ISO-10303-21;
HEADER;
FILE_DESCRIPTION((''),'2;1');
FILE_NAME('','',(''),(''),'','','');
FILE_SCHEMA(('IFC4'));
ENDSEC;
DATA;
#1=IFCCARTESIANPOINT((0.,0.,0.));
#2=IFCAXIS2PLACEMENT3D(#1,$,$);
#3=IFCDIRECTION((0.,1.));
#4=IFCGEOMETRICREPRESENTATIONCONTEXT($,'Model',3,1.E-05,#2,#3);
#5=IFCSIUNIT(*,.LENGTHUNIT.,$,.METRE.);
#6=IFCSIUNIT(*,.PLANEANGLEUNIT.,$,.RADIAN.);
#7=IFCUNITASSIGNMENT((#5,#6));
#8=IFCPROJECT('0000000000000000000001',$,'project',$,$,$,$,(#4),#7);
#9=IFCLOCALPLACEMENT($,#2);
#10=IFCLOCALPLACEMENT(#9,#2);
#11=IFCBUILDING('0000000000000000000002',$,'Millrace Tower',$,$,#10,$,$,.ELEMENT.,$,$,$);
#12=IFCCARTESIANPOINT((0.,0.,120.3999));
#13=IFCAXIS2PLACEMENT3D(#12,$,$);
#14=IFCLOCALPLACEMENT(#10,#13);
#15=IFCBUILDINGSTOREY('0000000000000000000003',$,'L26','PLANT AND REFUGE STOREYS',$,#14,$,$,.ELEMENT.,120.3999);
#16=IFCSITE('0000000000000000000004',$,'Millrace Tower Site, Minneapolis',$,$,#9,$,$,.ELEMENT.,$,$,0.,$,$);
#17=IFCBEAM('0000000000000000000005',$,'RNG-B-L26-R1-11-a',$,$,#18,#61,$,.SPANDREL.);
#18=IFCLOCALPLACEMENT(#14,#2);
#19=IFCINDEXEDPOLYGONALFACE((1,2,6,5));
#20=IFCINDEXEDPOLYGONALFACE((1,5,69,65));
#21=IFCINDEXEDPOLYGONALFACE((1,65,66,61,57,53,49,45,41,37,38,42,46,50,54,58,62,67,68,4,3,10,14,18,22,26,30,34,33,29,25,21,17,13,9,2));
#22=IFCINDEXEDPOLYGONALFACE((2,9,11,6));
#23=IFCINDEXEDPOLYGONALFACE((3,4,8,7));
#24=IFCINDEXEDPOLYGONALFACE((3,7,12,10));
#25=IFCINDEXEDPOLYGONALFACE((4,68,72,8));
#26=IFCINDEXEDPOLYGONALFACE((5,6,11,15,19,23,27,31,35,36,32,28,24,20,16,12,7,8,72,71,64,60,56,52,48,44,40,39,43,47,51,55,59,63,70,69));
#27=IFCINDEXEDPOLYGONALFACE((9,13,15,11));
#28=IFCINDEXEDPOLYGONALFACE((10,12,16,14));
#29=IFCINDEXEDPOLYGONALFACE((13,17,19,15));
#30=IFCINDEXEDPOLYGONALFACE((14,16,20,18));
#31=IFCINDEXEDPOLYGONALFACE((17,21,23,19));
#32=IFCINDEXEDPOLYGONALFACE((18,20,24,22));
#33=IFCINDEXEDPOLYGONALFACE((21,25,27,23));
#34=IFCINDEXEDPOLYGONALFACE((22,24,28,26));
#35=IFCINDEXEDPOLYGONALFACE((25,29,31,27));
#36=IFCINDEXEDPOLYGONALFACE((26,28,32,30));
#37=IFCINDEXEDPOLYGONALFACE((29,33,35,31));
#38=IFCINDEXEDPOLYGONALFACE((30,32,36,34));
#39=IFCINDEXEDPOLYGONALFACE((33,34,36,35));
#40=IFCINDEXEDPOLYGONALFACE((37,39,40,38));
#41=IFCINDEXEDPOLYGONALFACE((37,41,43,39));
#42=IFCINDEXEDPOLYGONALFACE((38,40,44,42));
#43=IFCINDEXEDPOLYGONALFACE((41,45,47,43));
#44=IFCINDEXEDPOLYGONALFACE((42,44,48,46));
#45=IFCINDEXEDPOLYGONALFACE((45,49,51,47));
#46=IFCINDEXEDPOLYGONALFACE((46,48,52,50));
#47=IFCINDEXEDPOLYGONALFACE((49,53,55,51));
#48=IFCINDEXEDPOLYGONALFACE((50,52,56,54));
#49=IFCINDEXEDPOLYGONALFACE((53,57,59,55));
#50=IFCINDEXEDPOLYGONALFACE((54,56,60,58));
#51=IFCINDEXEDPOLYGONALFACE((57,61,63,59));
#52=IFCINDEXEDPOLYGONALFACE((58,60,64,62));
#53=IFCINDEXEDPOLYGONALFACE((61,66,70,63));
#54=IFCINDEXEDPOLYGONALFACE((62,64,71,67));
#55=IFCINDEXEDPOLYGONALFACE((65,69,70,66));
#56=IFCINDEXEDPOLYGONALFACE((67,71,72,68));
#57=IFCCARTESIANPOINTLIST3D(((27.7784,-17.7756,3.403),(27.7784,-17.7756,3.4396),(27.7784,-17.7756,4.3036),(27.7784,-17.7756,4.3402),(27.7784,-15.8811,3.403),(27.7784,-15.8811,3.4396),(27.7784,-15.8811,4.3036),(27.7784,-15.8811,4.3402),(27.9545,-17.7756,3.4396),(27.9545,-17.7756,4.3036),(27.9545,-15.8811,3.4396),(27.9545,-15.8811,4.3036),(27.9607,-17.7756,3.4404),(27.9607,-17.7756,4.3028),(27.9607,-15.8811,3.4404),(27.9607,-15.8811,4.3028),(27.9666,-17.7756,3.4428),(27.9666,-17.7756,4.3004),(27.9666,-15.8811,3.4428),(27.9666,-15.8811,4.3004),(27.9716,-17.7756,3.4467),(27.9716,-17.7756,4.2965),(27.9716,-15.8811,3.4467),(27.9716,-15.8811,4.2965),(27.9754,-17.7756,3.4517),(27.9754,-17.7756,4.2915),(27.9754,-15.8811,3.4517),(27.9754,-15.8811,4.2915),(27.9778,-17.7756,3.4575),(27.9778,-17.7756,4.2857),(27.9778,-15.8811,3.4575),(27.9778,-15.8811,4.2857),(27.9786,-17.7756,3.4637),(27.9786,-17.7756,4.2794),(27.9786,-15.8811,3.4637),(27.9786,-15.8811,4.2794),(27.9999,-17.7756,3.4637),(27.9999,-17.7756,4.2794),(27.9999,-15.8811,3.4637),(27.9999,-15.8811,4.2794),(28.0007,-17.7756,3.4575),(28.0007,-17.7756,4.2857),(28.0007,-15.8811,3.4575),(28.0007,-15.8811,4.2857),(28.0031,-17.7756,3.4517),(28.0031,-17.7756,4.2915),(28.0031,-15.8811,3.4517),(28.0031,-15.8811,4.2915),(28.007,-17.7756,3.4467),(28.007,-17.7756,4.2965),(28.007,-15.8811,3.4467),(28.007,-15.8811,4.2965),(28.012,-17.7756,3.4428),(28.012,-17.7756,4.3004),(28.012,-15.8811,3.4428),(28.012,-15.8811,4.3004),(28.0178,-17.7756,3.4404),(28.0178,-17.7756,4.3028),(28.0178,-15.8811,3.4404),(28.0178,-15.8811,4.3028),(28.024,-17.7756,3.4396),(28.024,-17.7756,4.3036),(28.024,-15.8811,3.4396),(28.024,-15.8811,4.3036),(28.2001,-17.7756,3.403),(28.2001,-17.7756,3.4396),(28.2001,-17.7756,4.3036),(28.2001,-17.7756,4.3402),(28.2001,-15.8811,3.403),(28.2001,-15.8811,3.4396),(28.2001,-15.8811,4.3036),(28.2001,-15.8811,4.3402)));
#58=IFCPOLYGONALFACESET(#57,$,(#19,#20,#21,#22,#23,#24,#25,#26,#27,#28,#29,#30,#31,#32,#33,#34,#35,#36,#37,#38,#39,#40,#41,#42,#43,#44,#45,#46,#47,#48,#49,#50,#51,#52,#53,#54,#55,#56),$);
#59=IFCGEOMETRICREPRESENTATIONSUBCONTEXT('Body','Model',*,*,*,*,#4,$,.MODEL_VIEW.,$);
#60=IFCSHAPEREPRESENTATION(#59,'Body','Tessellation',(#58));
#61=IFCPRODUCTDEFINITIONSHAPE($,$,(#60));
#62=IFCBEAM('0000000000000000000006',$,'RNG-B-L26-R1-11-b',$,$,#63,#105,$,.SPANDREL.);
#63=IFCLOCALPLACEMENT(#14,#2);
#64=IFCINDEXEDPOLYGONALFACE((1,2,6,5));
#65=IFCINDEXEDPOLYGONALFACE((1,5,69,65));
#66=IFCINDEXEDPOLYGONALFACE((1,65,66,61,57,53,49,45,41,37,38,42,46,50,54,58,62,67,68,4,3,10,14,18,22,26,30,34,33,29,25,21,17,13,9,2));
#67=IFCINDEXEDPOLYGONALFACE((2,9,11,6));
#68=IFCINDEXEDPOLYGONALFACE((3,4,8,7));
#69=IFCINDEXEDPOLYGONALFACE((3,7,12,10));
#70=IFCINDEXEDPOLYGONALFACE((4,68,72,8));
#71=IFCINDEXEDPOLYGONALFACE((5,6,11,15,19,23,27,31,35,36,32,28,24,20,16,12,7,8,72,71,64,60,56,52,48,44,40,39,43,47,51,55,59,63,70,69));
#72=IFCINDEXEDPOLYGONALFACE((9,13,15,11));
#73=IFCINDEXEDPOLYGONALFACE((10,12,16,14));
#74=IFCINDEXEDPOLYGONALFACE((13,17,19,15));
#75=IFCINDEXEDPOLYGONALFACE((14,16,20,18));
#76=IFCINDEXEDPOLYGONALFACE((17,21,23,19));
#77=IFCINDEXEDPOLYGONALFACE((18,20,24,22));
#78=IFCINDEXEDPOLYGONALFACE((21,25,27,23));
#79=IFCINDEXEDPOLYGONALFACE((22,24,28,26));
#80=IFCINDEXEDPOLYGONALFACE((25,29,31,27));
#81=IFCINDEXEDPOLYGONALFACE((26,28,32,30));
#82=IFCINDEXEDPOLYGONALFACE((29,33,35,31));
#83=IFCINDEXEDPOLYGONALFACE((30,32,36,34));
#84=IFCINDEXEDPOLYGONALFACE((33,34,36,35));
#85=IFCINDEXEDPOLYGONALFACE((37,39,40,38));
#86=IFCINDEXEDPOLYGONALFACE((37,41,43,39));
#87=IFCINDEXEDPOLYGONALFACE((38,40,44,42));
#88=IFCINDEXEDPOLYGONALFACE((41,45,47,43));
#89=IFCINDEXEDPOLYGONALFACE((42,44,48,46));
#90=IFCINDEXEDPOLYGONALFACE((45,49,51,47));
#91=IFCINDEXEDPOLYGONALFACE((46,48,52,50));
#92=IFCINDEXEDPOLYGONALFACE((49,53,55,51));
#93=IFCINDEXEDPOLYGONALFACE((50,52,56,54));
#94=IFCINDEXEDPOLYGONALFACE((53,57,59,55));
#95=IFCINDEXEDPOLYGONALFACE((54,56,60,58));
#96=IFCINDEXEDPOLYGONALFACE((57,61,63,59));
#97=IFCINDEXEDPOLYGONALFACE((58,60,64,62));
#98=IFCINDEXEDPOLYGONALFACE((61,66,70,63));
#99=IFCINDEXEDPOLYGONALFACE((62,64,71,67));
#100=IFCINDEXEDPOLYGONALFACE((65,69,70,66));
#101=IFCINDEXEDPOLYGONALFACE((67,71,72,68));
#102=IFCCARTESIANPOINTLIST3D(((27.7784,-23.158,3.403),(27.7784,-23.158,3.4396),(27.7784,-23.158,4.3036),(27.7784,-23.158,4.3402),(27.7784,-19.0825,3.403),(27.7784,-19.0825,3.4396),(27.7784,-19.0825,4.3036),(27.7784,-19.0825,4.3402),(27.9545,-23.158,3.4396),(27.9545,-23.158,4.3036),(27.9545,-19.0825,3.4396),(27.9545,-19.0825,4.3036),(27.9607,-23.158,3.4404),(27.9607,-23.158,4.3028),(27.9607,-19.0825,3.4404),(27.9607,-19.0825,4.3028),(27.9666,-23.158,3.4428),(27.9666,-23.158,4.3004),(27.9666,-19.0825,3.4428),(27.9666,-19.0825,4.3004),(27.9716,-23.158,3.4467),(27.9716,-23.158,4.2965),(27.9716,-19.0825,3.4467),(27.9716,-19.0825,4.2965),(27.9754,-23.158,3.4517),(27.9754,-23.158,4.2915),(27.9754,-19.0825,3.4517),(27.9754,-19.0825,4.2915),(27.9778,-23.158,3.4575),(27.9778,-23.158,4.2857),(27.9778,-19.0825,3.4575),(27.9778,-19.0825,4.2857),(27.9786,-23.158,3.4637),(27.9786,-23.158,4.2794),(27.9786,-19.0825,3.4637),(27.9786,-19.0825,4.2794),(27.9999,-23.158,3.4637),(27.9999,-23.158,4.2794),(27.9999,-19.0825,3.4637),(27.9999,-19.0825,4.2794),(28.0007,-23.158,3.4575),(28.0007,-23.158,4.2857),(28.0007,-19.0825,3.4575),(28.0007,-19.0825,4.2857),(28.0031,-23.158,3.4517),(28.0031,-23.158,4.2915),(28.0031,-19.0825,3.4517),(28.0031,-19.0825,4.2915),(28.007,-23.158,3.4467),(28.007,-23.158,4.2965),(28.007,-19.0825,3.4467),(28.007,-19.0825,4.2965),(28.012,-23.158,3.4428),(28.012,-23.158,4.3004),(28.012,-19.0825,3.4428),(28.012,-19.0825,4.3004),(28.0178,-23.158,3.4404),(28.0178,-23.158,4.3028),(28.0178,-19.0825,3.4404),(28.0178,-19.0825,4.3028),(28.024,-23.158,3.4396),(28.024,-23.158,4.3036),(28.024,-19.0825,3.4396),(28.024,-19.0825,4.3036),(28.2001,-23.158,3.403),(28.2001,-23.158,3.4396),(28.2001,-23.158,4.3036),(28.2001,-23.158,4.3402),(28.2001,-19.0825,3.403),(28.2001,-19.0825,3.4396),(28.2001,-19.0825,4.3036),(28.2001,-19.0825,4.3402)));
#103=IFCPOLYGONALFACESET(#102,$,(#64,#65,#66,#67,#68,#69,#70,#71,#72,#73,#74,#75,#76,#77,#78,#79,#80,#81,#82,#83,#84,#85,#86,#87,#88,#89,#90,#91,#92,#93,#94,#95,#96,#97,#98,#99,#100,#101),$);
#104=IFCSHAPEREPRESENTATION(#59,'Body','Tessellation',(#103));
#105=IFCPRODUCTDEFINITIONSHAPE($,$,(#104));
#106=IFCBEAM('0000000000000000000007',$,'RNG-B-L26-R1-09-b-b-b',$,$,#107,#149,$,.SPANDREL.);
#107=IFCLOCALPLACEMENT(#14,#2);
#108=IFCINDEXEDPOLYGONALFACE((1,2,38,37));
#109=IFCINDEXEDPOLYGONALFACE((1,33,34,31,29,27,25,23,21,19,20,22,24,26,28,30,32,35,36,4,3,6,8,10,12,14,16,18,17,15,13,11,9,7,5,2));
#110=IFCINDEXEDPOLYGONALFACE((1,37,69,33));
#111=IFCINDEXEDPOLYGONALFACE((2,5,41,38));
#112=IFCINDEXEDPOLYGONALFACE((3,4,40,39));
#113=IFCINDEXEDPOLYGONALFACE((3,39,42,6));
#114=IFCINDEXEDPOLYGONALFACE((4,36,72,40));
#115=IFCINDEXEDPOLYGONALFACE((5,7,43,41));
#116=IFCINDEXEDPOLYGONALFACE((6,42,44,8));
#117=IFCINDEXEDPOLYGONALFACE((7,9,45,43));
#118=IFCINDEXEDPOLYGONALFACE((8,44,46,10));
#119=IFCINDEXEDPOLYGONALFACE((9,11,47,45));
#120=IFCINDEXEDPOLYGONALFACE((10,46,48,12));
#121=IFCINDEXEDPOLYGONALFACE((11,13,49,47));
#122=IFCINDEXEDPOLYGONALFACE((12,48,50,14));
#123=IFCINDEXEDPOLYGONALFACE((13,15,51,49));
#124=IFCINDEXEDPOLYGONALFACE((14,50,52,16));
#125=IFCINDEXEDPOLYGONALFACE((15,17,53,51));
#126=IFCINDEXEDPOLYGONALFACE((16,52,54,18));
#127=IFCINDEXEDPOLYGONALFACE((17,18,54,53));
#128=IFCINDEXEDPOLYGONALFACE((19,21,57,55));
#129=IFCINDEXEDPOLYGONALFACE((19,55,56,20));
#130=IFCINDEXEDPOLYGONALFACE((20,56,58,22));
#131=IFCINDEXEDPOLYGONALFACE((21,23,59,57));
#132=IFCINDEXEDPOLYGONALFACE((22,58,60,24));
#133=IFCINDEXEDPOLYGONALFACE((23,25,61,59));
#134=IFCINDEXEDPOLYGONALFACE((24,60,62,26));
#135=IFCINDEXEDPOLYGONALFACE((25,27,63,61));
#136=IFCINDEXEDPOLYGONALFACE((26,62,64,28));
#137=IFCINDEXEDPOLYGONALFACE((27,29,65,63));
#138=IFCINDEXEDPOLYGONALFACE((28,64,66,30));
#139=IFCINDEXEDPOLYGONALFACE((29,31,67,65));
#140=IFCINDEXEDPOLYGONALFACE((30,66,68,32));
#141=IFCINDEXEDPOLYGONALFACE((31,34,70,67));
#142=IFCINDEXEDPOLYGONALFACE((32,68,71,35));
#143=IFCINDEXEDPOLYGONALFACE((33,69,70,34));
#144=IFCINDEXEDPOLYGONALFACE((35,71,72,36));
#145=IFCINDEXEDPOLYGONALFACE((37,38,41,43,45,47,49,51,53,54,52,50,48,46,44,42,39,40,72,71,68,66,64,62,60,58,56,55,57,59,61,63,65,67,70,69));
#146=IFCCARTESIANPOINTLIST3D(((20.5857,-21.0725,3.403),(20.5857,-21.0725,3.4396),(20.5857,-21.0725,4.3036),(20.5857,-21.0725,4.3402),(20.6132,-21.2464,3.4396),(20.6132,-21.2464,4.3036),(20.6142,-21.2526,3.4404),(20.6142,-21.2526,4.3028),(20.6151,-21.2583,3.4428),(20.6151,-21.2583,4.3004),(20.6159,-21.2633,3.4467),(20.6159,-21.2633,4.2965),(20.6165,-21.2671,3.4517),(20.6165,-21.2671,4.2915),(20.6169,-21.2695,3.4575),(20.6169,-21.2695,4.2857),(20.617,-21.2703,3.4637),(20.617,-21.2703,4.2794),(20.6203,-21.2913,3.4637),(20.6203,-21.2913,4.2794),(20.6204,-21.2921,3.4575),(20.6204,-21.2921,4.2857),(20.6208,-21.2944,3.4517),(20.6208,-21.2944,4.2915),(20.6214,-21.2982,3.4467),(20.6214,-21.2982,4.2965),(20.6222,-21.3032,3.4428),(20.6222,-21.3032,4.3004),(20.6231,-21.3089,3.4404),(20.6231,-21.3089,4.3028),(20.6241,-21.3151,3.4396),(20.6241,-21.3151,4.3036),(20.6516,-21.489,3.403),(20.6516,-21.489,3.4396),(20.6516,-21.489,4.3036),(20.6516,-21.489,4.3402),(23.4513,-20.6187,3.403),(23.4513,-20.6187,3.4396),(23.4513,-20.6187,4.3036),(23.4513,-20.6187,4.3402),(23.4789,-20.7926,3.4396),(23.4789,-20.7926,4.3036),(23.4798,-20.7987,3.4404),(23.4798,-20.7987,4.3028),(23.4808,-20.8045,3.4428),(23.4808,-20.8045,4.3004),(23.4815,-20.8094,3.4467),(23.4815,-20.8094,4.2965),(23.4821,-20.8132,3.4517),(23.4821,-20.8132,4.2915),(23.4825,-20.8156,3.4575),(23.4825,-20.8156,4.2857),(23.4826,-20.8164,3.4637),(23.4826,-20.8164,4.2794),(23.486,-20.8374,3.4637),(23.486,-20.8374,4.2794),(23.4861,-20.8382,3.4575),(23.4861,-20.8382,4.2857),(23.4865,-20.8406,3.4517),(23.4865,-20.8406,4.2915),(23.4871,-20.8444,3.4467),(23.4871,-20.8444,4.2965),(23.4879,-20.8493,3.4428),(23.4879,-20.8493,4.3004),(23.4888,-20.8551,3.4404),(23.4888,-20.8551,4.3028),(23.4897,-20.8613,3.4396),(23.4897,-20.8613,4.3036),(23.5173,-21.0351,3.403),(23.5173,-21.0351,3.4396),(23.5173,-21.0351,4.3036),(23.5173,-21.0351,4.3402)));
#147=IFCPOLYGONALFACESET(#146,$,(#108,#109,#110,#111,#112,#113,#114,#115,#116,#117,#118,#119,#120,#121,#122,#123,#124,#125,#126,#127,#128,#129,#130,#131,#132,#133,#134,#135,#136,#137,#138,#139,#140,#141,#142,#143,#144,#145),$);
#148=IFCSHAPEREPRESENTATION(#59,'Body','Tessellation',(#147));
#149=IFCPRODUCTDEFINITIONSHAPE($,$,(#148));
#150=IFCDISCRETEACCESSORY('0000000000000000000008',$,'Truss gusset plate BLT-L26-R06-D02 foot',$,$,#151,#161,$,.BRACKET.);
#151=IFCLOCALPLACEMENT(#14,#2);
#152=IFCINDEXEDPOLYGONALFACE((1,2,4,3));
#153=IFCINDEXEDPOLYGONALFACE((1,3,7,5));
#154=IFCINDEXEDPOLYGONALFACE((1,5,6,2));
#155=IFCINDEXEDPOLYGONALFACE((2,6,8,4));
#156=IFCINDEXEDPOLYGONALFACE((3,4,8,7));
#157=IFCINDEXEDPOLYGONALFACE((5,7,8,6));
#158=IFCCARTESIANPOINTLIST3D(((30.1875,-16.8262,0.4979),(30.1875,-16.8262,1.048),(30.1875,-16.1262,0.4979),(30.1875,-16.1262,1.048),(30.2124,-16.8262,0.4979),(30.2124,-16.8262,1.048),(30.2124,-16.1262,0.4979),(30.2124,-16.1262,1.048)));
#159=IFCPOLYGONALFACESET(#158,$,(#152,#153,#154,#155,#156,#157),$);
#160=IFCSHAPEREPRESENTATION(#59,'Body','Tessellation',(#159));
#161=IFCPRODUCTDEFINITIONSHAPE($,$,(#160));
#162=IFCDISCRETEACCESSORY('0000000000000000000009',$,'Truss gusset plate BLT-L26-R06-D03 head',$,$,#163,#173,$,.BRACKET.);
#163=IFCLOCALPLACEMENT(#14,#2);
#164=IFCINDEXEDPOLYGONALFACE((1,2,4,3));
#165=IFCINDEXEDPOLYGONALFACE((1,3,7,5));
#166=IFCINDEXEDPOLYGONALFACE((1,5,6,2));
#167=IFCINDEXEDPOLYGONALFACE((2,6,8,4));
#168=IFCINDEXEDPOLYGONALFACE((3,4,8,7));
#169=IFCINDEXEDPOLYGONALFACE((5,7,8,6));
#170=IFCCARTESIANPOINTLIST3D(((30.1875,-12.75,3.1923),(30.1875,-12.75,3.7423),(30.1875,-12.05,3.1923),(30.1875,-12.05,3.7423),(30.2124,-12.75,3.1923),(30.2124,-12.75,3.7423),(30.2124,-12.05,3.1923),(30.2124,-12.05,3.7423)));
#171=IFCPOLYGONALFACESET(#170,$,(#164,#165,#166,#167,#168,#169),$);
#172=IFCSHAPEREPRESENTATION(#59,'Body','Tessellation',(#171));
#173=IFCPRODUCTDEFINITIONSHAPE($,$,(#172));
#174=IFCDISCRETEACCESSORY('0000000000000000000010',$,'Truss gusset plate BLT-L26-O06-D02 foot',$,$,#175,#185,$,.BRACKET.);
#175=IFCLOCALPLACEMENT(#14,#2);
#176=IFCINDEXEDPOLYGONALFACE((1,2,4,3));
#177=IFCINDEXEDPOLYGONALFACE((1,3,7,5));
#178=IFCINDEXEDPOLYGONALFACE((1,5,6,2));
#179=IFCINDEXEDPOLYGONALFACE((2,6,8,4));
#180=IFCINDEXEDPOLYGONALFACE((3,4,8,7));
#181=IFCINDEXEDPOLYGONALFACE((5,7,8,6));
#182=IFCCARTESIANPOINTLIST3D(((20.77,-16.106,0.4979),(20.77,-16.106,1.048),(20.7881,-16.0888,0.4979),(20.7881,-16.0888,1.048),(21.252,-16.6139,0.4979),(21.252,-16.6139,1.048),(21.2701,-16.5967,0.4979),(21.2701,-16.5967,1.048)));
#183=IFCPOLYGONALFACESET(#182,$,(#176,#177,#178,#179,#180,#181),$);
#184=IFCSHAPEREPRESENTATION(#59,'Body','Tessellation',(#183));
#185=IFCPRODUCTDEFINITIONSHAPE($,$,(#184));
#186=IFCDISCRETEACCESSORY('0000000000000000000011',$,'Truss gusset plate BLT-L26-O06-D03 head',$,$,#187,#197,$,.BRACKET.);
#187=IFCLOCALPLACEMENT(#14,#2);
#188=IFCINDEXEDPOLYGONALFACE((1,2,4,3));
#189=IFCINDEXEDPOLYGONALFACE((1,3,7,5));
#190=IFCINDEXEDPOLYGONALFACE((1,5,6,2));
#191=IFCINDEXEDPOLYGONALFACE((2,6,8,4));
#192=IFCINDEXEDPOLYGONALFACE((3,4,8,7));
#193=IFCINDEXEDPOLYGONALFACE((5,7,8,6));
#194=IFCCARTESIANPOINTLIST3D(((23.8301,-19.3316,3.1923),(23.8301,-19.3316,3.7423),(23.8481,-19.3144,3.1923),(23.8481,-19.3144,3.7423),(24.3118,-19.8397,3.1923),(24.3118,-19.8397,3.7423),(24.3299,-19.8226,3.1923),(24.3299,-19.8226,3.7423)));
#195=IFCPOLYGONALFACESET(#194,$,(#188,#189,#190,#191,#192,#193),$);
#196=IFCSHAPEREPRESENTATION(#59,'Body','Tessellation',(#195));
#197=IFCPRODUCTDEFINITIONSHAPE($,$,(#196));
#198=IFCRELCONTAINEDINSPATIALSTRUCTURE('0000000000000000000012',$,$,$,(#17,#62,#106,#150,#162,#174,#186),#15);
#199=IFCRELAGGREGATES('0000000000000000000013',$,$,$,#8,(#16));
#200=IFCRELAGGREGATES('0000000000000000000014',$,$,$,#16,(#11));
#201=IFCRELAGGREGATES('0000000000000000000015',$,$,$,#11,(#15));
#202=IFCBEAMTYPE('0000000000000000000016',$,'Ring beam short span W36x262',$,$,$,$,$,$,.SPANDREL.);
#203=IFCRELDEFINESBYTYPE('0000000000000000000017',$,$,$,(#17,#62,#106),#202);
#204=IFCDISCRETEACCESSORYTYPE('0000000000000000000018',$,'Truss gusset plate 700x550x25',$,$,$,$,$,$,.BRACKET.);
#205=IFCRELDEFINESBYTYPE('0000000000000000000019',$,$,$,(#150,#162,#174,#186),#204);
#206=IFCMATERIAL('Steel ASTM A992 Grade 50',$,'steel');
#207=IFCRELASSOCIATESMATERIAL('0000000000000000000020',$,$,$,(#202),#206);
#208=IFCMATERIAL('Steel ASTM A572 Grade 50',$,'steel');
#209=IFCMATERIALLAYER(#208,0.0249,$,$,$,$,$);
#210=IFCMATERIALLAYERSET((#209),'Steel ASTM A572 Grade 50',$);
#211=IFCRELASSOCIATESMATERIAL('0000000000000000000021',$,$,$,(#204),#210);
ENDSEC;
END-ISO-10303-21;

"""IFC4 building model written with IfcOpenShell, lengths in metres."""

from ifc_helpers import new_model, si_unit, direction, frame, origin, origin_2d, place, context, subcontext, project, spatial, rectangle, i_section, extrude, material, layer, layer_set, material_profile, profile_set, type_object, element, save


model = new_model("IFC4")

# Units and contexts
model_context = context("Model", 3, precision=1e-05, world=origin(), true_north=direction((0.0, 1.0)))
body_context = subcontext(model_context, "Body", "Model", "MODEL_VIEW")
ifc_project = project(units=[si_unit("LENGTHUNIT", "METRE"), si_unit("PLANEANGLEUNIT", "RADIAN")], contexts=[model_context])

# Site, building, storey
site_placement = place(None, origin())
site = spatial("IfcSite", under=ifc_project, at=site_placement, Name="Millrace Tower Site, Minneapolis", CompositionType="ELEMENT", RefElevation=0.0)
building_placement = place(site_placement, origin())
building = spatial("IfcBuilding", under=site, at=building_placement, Name="Millrace Tower", CompositionType="ELEMENT")
storey_placement = place(building_placement, frame((0.0, 0.0, 120.3999)))
storey = spatial("IfcBuildingStorey", under=building, at=storey_placement, Name="L26", Description="PLANT AND REFUGE STOREYS", CompositionType="ELEMENT", Elevation=120.3999)

# Beams
ifc_material_1 = material(Name="Steel ASTM A992 Grade 50", Category="steel")
ifc_material_profile_1 = material_profile(ifc_material_1, i_section(OverallWidth=0.4216, OverallDepth=0.9373, WebThickness=0.0212, FlangeThickness=0.0366, FilletRadius=0.0242, at=origin_2d()))
ifc_profile_set_1 = profile_set([ifc_material_profile_1], Name="Steel ASTM A992 Grade 50")
beam_type_1 = type_object("IfcBeamType", Name="Ring beam short span W36x262", PredefinedType="SPANDREL", material=ifc_profile_set_1)
beam_1_placement = place(storey_placement, frame((27.9893, -15.8811, 3.8716), z_axis=(0.0, -1.0, 0.0), x_axis=(1.0, 0.0, 0.0)))
element("IfcBeam", 1, at=beam_1_placement, inside=storey, type_object=beam_type_1, Name="RNG-B-L26-R1-11-a", PredefinedType="SPANDREL", context=body_context, shape_type="SweptSolid", body=[
    extrude(i_section(OverallWidth=0.4216, OverallDepth=0.9373, WebThickness=0.0212, FlangeThickness=0.0366, FilletRadius=0.0242, at=origin_2d()), origin(), (0.0, 0.0, 1.0), 1.8945),
])
beam_2_placement = place(storey_placement, frame((27.9893, -19.0825, 3.8716), z_axis=(0.0, -1.0, 0.0), x_axis=(1.0, 0.0, 0.0)))
element("IfcBeam", 2, at=beam_2_placement, inside=storey, type_object=beam_type_1, Name="RNG-B-L26-R1-11-b", PredefinedType="SPANDREL", context=body_context, shape_type="SweptSolid", body=[
    extrude(i_section(OverallWidth=0.4216, OverallDepth=0.9373, WebThickness=0.0212, FlangeThickness=0.0366, FilletRadius=0.0242, at=origin_2d()), origin(), (0.0, 0.0, 1.0), 4.0754),
])
beam_3_placement = place(storey_placement, frame((20.6187, -21.2808, 3.8716), z_axis=(0.98769, 0.156425, 0.0), x_axis=(-0.156425, 0.98769, 0.0)))
element("IfcBeam", 3, at=beam_3_placement, inside=storey, type_object=beam_type_1, Name="RNG-B-L26-R1-09-b-b-b", PredefinedType="SPANDREL", context=body_context, shape_type="SweptSolid", body=[
    extrude(i_section(OverallWidth=0.4216, OverallDepth=0.9373, WebThickness=0.0212, FlangeThickness=0.0366, FilletRadius=0.0242, at=origin_2d()), origin(), (0.0, 0.0, 1.0), 2.9014),
])

# Discrete accessories
ifc_material_2 = material(Name="Steel ASTM A572 Grade 50", Category="steel")
ifc_layer_1 = layer(ifc_material_2, 0.0249)
ifc_layer_set_1 = layer_set([ifc_layer_1], Name="Steel ASTM A572 Grade 50")
discrete_accessory_type = type_object("IfcDiscreteAccessoryType", Name="Truss gusset plate 700x550x25", PredefinedType="BRACKET", material=ifc_layer_set_1)
for number, where, z_axis, x_axis, name in (
    (4, (30.2, -16.8262, 0.7729), (0.0, 1.0, 0.0), (-1.0, 0.0, 0.0), "Truss gusset plate BLT-L26-R06-D02 foot"),
    (5, (30.2, -12.75, 3.4673), (0.0, 1.0, 0.0), (-1.0, 0.0, 0.0), "Truss gusset plate BLT-L26-R06-D03 head"),
):
    element("IfcDiscreteAccessory", number, at=place(storey_placement, frame(where, z_axis=z_axis, x_axis=x_axis)), inside=storey, type_object=discrete_accessory_type, Name=name, PredefinedType="BRACKET", context=body_context, shape_type="SweptSolid", body=[
        extrude(rectangle(XDim=0.0249, YDim=0.55, at=origin_2d()), origin(), (0.0, 0.0, 1.0), 0.7),
    ])
for number, where, z_axis, x_axis, name in (
    (6, (20.7791, -16.0974, 0.7729), (0.688383, -0.725348, 0.0), (0.725348, 0.688383, 0.0), "Truss gusset plate BLT-L26-O06-D02 foot"),
    (7, (23.8391, -19.323, 3.4673), (0.688025, -0.725687, 0.0), (0.725687, 0.688025, 0.0), "Truss gusset plate BLT-L26-O06-D03 head"),
):
    element("IfcDiscreteAccessory", number, at=place(storey_placement, frame(where, z_axis=z_axis, x_axis=x_axis)), inside=storey, type_object=discrete_accessory_type, Name=name, PredefinedType="BRACKET", context=body_context, shape_type="SweptSolid", body=[
        extrude(rectangle(XDim=0.0249, YDim=0.55, at=origin_2d()), origin(), (0.0, 0.0, 1.0), 0.7002),
    ])

save(model, "model.ifc")
